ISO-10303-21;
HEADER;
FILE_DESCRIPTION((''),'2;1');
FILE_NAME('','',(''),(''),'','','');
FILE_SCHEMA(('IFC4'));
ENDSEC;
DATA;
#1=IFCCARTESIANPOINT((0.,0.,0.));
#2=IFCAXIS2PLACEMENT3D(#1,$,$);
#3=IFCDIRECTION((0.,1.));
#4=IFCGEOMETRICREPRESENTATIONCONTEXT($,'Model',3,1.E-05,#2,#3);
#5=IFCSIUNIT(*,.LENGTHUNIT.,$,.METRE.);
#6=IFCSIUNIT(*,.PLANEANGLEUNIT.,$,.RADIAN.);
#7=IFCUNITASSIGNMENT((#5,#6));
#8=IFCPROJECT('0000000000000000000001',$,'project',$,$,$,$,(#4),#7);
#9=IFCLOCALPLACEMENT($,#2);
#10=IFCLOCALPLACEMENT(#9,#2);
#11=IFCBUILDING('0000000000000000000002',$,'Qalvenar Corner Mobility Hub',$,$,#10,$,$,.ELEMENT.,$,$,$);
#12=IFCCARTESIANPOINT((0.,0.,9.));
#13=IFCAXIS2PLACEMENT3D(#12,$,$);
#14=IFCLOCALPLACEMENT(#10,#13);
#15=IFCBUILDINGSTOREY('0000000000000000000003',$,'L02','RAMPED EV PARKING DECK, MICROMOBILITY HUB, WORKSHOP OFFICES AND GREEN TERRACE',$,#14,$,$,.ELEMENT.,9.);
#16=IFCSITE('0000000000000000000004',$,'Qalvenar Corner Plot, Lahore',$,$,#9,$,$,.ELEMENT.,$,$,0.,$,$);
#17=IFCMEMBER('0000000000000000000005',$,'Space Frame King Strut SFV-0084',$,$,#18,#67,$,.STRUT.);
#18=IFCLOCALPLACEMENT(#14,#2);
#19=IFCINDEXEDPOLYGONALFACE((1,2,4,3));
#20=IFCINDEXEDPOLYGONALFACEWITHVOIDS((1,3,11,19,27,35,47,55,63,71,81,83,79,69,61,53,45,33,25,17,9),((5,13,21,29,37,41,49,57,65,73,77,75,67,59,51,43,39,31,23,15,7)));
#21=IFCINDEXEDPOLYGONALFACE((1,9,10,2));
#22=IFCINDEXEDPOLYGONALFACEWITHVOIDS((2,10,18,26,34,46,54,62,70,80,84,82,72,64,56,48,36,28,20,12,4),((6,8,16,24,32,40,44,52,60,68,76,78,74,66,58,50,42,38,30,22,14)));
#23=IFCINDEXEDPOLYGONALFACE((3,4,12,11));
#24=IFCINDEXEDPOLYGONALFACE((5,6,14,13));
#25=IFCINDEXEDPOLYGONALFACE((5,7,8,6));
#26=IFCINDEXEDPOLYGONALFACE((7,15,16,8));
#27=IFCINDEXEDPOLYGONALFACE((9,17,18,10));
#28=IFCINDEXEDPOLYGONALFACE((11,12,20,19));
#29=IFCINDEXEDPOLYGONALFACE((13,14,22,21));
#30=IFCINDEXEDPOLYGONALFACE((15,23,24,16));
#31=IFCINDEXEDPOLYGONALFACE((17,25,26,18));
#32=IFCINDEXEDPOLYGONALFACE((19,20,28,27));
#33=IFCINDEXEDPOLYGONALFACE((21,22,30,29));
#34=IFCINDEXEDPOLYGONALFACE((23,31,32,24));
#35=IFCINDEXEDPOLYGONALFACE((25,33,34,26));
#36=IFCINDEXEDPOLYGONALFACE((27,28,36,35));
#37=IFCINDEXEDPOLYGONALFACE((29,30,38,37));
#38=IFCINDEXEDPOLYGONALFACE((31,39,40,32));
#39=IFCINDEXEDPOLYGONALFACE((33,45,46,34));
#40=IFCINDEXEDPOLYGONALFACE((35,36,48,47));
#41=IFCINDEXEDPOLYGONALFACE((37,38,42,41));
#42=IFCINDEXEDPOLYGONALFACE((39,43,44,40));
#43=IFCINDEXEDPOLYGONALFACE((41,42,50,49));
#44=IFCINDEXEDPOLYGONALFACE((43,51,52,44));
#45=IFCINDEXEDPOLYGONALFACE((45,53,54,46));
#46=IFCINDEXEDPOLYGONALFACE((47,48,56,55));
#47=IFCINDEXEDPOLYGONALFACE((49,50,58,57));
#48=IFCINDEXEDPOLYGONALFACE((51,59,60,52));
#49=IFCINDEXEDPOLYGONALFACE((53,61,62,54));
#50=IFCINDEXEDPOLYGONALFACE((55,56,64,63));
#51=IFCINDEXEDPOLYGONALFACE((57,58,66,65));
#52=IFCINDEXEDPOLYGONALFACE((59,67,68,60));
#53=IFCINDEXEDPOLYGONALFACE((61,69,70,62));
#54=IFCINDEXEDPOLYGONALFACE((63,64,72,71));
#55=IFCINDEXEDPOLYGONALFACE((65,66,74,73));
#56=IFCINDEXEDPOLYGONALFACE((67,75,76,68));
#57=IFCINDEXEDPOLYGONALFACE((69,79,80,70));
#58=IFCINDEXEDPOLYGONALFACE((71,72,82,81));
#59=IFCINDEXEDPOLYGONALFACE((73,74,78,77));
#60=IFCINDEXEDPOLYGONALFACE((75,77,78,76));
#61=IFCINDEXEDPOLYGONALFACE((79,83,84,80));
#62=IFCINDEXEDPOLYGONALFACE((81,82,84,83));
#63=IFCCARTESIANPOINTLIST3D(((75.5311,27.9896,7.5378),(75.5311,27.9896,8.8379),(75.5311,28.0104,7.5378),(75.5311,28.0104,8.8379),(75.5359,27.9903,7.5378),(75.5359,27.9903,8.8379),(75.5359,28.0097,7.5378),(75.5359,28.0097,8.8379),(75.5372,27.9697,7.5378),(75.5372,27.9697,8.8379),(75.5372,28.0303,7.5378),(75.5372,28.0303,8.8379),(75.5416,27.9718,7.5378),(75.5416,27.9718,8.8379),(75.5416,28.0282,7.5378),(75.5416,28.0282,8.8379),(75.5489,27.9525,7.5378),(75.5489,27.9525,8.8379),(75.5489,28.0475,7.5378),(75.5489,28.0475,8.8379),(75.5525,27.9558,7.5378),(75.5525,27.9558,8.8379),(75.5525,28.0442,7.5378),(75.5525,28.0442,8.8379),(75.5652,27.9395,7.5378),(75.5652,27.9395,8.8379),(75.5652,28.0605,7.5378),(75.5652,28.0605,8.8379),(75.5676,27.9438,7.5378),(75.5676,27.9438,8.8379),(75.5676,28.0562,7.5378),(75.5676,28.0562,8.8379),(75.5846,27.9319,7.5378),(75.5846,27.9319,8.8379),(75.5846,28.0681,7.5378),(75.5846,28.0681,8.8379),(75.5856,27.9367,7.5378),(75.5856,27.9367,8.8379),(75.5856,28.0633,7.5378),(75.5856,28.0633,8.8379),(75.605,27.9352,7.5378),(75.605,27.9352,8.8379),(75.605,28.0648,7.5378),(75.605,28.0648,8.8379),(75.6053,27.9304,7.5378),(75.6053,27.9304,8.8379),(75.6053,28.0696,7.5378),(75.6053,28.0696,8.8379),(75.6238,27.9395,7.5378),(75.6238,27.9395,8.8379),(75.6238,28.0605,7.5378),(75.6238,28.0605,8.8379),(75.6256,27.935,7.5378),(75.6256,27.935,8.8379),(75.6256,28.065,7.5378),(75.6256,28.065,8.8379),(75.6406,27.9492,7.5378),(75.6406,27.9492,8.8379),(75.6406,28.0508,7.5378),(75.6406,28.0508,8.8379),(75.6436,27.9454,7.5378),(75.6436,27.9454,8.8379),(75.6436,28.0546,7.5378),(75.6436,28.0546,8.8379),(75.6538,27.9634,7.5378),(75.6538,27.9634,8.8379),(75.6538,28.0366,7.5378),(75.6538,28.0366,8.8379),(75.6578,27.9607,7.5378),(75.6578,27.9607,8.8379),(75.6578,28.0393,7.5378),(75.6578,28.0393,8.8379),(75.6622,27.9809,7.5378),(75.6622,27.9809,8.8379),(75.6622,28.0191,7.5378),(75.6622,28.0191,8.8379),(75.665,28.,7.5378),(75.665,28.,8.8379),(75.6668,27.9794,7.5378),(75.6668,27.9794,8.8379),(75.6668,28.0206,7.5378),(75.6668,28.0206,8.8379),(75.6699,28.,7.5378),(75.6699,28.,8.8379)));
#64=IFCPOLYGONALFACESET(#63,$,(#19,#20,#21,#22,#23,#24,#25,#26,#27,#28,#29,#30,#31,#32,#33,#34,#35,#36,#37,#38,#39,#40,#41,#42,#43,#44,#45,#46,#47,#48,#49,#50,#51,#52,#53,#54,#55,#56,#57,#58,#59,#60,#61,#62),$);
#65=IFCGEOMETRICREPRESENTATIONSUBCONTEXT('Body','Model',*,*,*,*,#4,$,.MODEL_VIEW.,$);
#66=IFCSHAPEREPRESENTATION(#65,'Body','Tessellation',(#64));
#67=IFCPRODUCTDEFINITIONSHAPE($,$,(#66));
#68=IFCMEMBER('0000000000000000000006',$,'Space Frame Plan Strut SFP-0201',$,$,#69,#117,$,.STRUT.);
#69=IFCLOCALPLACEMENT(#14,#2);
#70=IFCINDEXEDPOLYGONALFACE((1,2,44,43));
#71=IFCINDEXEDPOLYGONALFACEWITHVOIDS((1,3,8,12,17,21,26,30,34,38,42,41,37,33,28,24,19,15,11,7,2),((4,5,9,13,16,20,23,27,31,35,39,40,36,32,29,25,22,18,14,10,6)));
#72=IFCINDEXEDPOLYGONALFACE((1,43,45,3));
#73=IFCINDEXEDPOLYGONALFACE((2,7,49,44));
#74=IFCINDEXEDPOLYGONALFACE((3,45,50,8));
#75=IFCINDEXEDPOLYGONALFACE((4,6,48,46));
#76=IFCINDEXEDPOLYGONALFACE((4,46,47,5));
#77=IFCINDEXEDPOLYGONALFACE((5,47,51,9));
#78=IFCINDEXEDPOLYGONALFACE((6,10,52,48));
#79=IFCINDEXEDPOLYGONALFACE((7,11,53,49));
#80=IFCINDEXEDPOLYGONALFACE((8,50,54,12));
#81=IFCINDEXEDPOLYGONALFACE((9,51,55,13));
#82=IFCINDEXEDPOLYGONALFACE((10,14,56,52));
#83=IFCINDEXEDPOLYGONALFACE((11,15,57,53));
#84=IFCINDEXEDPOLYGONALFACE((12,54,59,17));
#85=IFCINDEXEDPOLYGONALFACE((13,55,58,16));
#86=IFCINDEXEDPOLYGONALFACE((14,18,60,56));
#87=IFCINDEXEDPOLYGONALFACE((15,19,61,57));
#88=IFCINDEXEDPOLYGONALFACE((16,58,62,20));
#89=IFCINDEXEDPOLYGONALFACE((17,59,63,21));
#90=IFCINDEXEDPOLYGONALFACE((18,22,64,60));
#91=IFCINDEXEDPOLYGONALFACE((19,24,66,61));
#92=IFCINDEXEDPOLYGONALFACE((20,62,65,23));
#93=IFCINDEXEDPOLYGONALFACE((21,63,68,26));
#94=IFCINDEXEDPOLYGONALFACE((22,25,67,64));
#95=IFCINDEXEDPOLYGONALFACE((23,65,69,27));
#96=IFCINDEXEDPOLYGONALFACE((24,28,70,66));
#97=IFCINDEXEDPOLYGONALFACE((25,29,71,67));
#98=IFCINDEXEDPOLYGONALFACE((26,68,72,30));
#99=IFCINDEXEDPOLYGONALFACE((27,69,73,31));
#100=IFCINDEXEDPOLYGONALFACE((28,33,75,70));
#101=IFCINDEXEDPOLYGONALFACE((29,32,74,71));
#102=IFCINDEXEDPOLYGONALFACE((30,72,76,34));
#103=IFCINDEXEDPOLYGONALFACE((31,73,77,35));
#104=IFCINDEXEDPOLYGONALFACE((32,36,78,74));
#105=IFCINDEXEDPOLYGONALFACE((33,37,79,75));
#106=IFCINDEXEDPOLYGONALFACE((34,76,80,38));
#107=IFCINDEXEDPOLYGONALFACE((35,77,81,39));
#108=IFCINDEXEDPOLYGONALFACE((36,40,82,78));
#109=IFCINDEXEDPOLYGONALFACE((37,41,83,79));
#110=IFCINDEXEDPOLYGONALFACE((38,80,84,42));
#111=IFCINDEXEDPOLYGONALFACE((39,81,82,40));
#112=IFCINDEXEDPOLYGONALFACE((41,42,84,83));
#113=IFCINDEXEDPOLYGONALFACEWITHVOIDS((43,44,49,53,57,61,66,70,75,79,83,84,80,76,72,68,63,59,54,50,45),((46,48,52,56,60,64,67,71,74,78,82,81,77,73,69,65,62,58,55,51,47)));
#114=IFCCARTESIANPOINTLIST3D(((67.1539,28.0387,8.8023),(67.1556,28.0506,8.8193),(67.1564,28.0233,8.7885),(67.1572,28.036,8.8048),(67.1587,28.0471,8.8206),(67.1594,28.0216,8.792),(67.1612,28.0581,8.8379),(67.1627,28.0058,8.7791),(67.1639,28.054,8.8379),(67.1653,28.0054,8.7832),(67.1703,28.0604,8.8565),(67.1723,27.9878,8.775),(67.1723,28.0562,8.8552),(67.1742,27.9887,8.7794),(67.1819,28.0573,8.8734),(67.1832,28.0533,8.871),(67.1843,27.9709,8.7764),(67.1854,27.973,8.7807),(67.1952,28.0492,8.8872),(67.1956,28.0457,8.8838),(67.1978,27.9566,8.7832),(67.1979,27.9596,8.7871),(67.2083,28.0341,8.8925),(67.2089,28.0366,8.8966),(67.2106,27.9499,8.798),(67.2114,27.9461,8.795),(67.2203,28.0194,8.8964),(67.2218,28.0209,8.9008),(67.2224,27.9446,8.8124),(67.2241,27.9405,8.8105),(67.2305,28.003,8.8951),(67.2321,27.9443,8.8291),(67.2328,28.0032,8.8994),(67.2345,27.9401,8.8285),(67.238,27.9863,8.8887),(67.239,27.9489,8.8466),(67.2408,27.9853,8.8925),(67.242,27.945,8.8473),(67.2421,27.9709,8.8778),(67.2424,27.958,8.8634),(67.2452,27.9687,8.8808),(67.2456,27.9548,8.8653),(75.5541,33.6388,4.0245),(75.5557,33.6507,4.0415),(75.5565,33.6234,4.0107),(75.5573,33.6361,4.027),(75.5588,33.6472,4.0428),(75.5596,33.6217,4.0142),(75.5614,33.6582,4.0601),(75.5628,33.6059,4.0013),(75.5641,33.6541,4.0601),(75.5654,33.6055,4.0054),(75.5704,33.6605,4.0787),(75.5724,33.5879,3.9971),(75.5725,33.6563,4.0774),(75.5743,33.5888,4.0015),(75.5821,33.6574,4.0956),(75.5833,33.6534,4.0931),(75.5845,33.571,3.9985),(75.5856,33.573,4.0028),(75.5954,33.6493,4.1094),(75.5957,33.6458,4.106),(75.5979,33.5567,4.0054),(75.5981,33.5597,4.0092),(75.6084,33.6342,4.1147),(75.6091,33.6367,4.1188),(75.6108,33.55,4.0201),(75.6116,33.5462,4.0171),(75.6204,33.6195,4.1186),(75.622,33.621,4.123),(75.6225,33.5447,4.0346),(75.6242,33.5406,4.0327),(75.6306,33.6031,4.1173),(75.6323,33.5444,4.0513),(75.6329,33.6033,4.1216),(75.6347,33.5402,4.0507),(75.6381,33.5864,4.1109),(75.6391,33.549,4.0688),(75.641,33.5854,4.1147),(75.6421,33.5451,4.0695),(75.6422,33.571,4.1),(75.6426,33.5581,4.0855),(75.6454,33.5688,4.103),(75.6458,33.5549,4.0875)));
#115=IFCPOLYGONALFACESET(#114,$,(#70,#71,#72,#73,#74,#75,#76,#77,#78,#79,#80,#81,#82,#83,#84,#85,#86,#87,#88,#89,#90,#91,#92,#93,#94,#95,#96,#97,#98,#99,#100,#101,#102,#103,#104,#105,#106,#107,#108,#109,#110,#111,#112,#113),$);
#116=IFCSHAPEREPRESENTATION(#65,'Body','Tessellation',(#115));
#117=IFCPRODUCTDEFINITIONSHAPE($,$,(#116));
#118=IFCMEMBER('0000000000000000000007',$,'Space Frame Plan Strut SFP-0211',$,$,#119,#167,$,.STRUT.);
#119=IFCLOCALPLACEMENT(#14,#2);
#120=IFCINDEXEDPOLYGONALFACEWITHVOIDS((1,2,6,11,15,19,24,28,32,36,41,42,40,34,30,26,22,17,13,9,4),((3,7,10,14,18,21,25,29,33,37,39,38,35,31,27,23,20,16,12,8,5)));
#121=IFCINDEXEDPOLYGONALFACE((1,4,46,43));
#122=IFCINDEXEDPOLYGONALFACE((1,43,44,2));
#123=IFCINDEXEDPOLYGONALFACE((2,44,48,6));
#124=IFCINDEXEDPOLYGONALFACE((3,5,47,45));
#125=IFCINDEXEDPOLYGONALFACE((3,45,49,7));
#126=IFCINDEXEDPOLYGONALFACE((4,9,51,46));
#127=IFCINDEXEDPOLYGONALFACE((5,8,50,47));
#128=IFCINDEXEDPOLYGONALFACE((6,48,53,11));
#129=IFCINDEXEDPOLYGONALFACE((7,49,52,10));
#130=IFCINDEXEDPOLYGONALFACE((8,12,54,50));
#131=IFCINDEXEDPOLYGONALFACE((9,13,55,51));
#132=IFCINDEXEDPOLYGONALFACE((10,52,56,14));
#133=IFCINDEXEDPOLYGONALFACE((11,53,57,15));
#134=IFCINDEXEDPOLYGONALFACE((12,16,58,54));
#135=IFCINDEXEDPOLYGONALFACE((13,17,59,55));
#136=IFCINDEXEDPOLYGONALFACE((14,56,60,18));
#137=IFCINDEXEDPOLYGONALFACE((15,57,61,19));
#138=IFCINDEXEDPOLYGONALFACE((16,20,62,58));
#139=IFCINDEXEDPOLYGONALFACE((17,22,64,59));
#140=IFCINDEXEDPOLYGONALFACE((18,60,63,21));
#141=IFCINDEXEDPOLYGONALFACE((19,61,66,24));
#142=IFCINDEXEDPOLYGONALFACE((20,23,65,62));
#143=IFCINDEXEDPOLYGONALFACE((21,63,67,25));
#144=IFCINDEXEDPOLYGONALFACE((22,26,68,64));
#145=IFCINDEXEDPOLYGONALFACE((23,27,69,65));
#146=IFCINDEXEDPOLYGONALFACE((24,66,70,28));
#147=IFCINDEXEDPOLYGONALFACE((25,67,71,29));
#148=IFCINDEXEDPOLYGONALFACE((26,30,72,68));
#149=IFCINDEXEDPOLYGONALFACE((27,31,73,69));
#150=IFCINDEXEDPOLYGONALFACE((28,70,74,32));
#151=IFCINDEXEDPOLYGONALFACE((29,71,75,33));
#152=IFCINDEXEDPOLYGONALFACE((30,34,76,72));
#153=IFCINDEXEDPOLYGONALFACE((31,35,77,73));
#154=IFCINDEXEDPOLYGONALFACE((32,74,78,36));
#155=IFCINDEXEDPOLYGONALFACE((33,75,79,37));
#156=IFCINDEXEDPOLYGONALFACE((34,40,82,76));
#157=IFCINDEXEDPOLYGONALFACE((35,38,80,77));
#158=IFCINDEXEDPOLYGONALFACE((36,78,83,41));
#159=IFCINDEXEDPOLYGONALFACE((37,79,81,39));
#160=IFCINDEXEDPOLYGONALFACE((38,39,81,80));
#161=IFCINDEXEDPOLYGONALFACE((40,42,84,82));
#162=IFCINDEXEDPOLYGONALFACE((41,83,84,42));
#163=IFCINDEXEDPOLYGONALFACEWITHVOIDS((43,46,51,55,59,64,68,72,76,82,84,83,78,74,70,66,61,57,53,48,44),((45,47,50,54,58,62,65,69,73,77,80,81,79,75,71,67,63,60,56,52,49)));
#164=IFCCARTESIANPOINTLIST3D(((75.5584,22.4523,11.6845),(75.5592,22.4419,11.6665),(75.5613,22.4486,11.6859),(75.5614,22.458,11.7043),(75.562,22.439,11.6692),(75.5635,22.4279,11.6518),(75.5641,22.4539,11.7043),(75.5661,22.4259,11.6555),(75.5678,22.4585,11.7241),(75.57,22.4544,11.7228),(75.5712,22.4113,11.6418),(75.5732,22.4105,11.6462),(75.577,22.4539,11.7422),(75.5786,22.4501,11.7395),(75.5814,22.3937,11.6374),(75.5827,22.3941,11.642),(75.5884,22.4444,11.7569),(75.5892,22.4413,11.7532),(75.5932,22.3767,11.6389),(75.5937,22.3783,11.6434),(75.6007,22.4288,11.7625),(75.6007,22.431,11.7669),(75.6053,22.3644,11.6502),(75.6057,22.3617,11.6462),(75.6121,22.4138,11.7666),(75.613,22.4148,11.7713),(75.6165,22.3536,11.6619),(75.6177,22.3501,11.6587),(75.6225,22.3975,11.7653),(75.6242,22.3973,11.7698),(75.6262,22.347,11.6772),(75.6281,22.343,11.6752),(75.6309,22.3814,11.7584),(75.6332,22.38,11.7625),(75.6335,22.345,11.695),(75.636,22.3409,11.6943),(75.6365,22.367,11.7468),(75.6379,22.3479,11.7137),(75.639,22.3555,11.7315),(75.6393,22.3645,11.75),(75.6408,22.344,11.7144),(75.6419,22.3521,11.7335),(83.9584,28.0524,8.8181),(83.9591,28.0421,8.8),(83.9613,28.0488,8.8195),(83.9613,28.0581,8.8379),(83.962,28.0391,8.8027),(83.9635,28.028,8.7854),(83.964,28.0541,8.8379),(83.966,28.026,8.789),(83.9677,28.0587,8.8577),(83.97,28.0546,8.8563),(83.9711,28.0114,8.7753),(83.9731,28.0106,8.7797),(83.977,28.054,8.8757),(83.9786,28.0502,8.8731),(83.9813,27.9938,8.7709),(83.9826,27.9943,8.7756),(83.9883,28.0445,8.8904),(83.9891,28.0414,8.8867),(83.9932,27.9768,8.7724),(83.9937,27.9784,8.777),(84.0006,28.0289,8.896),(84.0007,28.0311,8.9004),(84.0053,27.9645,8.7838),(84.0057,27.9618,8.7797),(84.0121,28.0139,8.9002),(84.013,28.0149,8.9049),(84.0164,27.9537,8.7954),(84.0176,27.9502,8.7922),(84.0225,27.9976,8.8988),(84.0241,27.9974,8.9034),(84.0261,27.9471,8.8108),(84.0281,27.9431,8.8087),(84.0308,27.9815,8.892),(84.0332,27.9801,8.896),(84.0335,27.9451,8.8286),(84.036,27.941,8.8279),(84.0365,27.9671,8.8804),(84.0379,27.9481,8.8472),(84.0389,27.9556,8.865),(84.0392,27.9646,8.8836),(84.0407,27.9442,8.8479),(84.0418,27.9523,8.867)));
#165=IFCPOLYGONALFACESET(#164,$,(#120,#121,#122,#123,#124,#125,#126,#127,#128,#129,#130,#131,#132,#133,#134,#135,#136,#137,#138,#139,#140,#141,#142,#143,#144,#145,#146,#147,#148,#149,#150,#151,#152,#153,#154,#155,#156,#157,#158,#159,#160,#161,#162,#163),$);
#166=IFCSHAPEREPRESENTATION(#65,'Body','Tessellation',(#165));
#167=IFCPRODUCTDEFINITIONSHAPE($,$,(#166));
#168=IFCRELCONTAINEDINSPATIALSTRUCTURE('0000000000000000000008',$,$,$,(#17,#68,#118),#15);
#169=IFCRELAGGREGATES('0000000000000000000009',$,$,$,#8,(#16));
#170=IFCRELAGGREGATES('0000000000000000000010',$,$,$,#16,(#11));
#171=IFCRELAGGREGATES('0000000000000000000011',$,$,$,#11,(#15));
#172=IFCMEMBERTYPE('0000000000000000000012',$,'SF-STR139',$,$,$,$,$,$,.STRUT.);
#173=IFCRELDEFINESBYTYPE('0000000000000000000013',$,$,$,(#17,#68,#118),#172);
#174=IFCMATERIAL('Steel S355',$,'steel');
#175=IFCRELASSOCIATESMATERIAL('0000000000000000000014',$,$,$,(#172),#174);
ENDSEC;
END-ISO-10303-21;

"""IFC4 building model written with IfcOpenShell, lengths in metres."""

from ifc_helpers import new_model, si_unit, direction, frame, origin, origin_2d, place, context, subcontext, project, spatial, hollow_circle, extrude, material, material_profile, profile_set, type_object, element, save


model = new_model("IFC4")

# Units and contexts
model_context = context("Model", 3, precision=1e-05, world=origin(), true_north=direction((0.0, 1.0)))
body_context = subcontext(model_context, "Body", "Model", "MODEL_VIEW")
ifc_project = project(units=[si_unit("LENGTHUNIT", "METRE"), si_unit("PLANEANGLEUNIT", "RADIAN")], contexts=[model_context])

# Site, building, storey
site_placement = place(None, origin())
site = spatial("IfcSite", under=ifc_project, at=site_placement, Name="Qalvenar Corner Plot, Lahore", CompositionType="ELEMENT", RefElevation=0.0)
building_placement = place(site_placement, origin())
building = spatial("IfcBuilding", under=site, at=building_placement, Name="Qalvenar Corner Mobility Hub", CompositionType="ELEMENT")
storey_placement = place(building_placement, frame((0.0, 0.0, 9.0)))
storey = spatial("IfcBuildingStorey", under=building, at=storey_placement, Name="L02", Description="RAMPED EV PARKING DECK, MICROMOBILITY HUB, WORKSHOP OFFICES AND GREEN TERRACE", CompositionType="ELEMENT", Elevation=9.0)

# Members
ifc_material_1 = material(Name="Steel S355", Category="steel")
ifc_material_profile_1 = material_profile(ifc_material_1, hollow_circle(Radius=0.0698, WallThickness=0.0049, at=origin_2d()), Name="CHS139.7x5")
ifc_profile_set_1 = profile_set([ifc_material_profile_1], Name="Steel S355")
member_type_1 = type_object("IfcMemberType", Name="SF-STR139", PredefinedType="STRUT", material=ifc_profile_set_1)
for number, where, z_axis, x_axis, name in (
    (1, (75.6001, 28.0, 7.5378), (0.0, 0.0, 1.0), (1.0, 0.0, 0.0), "Space Frame King Strut SFV-0084"),
):
    element("IfcMember", number, at=place(storey_placement, frame(where, z_axis=z_axis, x_axis=x_axis)), inside=storey, type_object=member_type_1, Name=name, PredefinedType="STRUT", context=body_context, shape_type="SweptSolid", body=[
        extrude(hollow_circle(Radius=0.0698, WallThickness=0.0049, at=origin_2d()), origin(), (0.0, 0.0, 1.0), 1.3),
    ])
member_1_placement = place(storey_placement, frame((67.2, 28.0, 8.8379), z_axis=(0.752081, 0.501387, -0.427768), x_axis=(-0.5547, 0.83205, 0.0)))
element("IfcMember", 2, at=member_1_placement, inside=storey, type_object=member_type_1, Name="Space Frame Plan Strut SFP-0201", PredefinedType="STRUT", context=body_context, shape_type="SweptSolid", body=[
    extrude(hollow_circle(Radius=0.0698, WallThickness=0.0049, at=origin_2d()), origin(), (0.0, 0.0, 1.0), 11.1692),
])
member_2_placement = place(storey_placement, frame((75.6001, 22.3999, 11.7043), z_axis=(0.800405, 0.533619, -0.273137), x_axis=(-0.554711, 0.832043, 0.0)))
element("IfcMember", 3, at=member_2_placement, inside=storey, type_object=member_type_1, Name="Space Frame Plan Strut SFP-0211", PredefinedType="STRUT", context=body_context, shape_type="SweptSolid", body=[
    extrude(hollow_circle(Radius=0.0698, WallThickness=0.0049, at=origin_2d()), origin(), (0.0, 0.0, 1.0), 10.4946),
])

save(model, "model.ifc")
